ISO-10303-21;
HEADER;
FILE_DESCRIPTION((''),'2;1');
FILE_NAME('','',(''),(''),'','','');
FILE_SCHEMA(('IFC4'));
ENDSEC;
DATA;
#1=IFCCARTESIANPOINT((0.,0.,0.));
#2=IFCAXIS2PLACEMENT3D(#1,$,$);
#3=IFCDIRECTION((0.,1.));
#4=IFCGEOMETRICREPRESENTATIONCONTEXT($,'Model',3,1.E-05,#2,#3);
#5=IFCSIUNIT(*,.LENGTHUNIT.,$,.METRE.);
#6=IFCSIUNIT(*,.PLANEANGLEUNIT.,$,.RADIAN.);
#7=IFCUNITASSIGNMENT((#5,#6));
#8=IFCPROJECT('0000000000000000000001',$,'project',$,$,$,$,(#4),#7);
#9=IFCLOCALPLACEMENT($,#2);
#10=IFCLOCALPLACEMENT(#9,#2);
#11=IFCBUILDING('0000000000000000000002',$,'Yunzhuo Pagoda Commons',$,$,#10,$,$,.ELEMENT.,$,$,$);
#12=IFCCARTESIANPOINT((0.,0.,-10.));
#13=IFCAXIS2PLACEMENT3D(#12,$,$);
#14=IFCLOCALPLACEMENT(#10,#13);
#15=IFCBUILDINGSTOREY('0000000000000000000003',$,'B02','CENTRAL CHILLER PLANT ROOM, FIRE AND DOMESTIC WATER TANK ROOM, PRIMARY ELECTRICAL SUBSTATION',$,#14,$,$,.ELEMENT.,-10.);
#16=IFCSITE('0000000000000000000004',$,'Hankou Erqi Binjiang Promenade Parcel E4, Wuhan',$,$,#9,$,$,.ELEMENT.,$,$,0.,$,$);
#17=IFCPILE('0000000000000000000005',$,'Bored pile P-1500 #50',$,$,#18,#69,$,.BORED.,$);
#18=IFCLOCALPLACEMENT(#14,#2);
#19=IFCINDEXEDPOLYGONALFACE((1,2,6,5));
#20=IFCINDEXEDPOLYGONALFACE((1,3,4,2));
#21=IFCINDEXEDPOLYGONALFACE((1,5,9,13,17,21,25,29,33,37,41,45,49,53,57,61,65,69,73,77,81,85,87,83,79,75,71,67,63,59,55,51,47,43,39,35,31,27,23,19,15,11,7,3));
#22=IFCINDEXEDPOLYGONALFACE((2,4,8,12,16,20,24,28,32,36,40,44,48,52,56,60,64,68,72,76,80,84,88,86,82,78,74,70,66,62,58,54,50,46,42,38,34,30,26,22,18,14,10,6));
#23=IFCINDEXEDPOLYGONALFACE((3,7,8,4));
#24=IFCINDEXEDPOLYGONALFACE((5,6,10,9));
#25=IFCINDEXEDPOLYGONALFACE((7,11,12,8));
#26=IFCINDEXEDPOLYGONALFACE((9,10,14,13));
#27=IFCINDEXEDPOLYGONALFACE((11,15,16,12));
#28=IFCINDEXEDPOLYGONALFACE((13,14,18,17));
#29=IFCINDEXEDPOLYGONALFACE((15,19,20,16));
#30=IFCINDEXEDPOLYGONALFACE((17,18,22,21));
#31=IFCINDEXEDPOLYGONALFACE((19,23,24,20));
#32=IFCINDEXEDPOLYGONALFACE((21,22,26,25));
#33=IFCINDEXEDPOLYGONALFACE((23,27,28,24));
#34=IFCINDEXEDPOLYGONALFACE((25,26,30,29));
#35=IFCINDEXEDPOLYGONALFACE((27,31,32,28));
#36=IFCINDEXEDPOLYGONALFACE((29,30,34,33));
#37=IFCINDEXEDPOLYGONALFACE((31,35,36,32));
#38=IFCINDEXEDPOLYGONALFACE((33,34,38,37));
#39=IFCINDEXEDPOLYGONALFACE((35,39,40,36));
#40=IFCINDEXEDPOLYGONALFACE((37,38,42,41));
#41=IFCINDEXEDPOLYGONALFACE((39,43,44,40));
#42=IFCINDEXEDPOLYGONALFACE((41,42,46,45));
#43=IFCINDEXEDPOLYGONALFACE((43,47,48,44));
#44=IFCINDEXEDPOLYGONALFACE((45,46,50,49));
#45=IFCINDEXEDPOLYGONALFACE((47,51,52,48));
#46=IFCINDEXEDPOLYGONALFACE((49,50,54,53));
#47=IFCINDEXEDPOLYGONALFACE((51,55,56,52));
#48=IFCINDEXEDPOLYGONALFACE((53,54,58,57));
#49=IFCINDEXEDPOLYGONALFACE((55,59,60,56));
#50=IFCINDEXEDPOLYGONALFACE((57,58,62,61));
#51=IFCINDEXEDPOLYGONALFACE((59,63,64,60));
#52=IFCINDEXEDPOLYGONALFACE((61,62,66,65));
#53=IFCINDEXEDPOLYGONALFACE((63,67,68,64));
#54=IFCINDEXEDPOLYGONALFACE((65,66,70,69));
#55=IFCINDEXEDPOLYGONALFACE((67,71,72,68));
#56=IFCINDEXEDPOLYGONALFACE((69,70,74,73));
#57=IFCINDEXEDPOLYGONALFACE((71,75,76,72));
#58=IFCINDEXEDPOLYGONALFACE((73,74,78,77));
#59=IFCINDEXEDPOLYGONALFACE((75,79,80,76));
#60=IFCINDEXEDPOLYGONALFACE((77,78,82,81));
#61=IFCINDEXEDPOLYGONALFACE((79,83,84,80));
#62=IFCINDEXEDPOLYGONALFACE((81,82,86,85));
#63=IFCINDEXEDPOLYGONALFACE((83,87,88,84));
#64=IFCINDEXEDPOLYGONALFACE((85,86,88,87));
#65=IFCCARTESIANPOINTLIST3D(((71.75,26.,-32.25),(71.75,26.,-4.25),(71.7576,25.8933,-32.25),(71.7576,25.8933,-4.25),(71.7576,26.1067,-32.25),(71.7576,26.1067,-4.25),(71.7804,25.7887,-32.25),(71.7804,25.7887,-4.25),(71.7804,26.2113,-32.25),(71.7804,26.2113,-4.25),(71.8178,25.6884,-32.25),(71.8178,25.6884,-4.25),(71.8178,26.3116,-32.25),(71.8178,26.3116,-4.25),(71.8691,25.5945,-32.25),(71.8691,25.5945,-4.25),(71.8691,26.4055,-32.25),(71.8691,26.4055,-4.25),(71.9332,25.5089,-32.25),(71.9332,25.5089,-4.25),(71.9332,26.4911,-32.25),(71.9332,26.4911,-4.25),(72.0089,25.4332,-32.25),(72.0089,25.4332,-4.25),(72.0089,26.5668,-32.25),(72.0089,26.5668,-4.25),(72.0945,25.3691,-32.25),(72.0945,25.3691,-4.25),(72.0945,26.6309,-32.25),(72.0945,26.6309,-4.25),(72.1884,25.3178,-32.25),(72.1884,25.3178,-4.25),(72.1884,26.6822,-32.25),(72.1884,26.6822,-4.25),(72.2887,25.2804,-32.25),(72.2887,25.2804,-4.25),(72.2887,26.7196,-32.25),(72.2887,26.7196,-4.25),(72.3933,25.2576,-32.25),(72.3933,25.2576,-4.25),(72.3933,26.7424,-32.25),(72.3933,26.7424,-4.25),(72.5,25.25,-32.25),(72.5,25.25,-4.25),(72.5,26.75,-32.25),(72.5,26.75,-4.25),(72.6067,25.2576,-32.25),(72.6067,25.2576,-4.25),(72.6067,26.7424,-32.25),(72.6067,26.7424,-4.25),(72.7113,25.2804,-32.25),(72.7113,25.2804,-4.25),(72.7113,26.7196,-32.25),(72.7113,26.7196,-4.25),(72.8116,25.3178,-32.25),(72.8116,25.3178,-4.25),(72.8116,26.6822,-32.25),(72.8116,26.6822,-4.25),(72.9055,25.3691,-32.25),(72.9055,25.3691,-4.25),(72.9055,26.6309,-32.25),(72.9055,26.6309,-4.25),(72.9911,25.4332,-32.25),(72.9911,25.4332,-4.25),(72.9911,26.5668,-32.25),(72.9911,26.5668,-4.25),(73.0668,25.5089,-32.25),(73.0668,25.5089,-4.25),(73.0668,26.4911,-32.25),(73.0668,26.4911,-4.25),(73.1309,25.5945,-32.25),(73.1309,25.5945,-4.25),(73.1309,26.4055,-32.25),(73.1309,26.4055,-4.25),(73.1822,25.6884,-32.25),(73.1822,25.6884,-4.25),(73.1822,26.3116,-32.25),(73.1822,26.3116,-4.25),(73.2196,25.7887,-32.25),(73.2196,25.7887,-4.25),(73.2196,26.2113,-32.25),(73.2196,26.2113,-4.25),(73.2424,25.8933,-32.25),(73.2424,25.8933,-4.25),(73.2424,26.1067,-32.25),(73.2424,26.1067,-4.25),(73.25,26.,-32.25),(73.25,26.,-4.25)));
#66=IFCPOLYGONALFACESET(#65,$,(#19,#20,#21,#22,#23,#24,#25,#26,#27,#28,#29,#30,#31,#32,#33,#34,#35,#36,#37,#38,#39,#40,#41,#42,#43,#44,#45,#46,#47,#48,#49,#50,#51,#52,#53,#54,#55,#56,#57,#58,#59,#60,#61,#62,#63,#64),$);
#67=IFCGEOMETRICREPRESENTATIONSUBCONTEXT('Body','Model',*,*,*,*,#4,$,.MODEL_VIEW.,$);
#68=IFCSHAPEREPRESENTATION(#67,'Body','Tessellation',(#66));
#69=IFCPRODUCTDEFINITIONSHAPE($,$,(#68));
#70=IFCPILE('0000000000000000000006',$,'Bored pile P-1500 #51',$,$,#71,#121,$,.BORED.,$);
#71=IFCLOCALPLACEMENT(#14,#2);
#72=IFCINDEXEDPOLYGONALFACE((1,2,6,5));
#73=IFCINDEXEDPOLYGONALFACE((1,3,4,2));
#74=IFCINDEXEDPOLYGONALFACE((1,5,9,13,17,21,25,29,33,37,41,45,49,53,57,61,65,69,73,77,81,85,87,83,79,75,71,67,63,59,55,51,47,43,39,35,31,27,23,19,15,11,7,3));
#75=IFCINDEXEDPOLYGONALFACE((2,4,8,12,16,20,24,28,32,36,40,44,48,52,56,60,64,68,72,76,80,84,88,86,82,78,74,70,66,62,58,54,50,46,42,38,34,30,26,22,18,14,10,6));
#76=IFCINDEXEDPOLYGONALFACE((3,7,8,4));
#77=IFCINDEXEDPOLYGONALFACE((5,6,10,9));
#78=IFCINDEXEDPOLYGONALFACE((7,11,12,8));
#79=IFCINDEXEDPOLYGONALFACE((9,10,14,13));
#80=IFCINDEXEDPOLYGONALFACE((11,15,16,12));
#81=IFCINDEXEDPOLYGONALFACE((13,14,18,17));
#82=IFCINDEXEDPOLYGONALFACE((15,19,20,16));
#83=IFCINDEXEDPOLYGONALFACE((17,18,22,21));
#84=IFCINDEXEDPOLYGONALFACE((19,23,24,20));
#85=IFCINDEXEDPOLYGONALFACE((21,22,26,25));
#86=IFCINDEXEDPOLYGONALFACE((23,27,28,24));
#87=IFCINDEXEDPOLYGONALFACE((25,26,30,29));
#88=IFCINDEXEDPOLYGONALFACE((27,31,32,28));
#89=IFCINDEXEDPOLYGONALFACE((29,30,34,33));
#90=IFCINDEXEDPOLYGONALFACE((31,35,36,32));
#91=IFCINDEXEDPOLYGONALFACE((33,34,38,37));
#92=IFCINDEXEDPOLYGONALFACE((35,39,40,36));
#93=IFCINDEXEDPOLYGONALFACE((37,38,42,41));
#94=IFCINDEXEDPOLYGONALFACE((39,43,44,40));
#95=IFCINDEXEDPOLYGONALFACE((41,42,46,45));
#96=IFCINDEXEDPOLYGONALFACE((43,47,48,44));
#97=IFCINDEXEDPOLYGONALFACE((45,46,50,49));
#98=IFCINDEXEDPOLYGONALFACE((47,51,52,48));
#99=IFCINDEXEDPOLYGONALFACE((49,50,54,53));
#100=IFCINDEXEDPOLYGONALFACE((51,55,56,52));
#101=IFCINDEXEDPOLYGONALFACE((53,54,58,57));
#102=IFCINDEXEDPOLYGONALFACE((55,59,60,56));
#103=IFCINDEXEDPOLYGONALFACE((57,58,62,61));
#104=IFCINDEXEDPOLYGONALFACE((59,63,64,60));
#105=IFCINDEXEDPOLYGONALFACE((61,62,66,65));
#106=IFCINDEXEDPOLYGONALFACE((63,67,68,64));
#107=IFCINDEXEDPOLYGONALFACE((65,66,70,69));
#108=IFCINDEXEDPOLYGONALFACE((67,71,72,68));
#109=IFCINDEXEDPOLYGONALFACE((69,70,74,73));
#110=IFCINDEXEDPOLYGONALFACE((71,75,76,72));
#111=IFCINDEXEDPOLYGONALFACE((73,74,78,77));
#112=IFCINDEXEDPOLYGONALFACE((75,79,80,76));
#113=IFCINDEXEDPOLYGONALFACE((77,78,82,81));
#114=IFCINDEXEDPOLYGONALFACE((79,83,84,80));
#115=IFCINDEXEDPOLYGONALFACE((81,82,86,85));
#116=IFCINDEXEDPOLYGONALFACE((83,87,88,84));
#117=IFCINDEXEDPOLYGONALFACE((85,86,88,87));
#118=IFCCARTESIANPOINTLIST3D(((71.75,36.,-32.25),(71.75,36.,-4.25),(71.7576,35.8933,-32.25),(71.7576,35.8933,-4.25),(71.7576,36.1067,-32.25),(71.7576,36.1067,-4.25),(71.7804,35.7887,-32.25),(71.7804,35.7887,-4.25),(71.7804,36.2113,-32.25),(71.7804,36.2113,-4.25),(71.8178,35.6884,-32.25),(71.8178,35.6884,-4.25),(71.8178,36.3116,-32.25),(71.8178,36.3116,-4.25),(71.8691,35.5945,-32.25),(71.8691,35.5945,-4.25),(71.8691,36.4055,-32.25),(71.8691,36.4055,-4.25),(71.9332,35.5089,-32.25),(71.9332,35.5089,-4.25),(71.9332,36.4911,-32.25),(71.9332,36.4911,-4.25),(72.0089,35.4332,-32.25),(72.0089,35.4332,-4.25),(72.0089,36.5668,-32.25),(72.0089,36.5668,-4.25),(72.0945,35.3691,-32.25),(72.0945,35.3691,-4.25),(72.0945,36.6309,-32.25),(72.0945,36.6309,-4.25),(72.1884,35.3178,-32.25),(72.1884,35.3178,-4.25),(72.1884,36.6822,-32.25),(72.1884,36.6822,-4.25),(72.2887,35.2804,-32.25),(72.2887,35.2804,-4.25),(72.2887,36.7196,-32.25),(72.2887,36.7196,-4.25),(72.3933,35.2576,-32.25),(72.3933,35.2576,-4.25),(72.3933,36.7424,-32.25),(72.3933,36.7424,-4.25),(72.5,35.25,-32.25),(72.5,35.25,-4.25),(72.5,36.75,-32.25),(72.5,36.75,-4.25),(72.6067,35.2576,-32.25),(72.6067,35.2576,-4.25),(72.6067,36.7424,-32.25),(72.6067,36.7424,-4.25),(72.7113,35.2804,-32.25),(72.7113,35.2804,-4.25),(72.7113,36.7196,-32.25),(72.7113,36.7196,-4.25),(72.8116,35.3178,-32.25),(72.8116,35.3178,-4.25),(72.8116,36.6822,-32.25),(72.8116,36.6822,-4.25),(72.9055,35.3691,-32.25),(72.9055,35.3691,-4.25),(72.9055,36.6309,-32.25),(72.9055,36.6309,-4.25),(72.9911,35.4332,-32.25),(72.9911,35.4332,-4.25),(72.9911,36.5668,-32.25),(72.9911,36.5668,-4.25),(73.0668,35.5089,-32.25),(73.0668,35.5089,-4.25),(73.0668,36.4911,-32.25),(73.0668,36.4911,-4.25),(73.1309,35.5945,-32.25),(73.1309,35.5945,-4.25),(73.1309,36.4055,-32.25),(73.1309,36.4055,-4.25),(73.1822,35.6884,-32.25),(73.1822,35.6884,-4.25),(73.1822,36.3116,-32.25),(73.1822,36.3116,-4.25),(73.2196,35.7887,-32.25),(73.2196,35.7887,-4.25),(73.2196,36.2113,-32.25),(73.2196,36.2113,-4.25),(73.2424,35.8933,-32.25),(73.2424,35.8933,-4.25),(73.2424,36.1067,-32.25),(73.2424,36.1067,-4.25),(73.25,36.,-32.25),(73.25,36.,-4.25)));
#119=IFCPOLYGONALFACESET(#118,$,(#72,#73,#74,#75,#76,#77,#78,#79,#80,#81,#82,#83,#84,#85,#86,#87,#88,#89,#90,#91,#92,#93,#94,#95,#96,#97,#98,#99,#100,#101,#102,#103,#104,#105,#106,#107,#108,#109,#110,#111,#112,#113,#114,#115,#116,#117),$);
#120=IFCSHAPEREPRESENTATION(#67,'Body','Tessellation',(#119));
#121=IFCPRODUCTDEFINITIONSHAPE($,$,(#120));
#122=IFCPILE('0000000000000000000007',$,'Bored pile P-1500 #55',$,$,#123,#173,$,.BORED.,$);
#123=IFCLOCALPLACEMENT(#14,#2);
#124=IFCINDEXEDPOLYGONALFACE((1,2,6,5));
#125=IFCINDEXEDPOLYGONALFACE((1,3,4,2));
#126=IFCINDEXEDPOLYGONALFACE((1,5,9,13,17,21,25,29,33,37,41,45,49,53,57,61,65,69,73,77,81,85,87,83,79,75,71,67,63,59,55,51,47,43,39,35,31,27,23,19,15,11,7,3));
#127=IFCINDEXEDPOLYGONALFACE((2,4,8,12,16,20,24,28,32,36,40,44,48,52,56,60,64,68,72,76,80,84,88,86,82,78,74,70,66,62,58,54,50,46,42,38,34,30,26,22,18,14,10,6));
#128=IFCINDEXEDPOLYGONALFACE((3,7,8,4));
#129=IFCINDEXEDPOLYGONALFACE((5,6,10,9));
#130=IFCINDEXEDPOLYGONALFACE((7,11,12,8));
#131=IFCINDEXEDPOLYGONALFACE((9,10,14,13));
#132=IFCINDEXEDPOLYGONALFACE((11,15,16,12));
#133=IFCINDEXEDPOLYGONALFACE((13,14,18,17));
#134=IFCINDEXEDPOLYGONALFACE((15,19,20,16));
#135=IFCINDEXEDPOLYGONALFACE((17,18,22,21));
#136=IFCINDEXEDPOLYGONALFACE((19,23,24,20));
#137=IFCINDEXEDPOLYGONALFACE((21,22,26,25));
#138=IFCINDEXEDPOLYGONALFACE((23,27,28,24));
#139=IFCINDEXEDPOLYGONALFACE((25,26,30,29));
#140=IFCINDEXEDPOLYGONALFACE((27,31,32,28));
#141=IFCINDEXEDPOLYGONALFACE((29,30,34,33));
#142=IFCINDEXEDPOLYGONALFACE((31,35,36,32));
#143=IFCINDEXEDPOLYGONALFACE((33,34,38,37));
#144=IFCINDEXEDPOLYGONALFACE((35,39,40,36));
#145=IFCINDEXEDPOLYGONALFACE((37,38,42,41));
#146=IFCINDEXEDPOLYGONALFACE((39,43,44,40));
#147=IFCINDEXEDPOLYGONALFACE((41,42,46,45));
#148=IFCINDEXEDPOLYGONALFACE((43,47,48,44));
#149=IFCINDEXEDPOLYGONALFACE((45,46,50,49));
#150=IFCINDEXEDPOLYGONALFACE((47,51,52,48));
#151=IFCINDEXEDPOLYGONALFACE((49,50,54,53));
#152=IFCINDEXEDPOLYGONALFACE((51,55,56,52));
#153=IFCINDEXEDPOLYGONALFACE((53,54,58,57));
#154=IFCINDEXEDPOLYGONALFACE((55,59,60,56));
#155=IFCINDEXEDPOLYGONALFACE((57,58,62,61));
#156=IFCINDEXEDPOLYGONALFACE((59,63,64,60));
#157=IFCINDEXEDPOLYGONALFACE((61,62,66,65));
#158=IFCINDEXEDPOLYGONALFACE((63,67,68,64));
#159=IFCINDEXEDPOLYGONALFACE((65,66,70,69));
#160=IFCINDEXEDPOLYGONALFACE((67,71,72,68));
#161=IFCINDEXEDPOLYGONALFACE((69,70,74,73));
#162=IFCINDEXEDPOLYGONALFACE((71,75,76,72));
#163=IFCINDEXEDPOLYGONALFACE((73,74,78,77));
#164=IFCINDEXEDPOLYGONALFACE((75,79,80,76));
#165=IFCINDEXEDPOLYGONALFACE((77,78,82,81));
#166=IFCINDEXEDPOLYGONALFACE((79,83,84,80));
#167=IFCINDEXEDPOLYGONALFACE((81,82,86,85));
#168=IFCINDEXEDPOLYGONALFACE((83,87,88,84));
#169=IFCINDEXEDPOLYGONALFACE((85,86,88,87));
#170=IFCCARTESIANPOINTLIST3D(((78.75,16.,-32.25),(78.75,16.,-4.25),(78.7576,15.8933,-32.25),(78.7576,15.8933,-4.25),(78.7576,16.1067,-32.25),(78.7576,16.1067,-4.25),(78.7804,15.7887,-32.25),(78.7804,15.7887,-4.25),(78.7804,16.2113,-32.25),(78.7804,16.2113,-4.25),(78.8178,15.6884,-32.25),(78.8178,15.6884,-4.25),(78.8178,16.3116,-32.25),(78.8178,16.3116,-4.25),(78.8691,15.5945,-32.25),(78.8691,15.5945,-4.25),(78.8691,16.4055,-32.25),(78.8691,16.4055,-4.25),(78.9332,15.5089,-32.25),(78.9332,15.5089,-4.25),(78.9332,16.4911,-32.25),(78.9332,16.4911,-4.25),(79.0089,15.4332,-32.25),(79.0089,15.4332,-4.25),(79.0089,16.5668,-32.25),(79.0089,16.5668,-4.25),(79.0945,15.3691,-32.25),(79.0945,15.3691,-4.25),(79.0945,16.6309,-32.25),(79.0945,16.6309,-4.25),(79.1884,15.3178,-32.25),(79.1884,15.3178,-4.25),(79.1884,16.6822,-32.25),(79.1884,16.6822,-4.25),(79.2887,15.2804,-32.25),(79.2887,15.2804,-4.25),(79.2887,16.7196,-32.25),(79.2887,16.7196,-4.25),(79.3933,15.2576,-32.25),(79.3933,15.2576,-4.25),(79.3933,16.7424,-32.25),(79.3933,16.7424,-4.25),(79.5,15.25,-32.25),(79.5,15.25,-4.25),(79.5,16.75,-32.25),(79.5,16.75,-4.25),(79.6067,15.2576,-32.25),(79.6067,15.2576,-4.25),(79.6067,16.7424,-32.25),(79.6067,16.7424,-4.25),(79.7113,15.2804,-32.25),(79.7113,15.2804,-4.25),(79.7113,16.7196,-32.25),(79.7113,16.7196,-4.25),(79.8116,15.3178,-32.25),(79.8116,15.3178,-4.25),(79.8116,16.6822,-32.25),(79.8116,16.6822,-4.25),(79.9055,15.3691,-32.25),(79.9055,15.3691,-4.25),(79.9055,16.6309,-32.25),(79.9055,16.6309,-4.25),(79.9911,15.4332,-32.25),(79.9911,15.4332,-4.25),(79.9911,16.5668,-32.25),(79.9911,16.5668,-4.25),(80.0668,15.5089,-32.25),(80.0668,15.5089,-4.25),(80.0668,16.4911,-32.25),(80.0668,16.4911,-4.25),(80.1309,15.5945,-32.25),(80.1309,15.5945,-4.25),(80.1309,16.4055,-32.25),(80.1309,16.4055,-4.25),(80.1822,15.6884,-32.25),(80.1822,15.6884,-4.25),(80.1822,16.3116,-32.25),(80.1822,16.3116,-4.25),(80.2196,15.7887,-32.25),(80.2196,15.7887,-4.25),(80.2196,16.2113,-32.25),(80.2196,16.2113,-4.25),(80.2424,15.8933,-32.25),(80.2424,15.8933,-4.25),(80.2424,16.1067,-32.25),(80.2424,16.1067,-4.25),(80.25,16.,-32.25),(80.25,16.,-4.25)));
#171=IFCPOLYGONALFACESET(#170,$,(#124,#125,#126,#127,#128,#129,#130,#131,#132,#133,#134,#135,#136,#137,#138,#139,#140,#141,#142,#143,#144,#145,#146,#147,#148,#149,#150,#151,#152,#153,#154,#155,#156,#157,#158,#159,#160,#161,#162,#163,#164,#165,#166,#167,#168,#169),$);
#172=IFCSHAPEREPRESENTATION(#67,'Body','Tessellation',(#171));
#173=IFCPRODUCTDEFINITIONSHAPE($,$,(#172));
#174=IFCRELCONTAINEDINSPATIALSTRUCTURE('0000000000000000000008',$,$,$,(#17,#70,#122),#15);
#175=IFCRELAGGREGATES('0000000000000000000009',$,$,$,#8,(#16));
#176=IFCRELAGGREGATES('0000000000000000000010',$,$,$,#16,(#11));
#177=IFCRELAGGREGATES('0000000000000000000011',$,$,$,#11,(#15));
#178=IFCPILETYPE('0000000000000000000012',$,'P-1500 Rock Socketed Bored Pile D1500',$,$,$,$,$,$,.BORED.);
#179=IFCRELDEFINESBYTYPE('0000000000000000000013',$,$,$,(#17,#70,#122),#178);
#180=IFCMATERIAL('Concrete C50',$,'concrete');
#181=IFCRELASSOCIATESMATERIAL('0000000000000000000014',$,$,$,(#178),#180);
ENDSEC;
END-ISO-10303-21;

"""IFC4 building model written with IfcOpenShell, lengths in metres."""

from ifc_helpers import new_model, si_unit, direction, frame, origin, origin_2d, place, context, subcontext, project, spatial, circle, extrude, source, transform, mapped, material, material_profile, profile_set, type_object, element, save


model = new_model("IFC4")

# Units and contexts
model_context = context("Model", 3, precision=1e-05, world=origin(), true_north=direction((0.0, 1.0)))
body_context = subcontext(model_context, "Body", "Model", "MODEL_VIEW")
ifc_project = project(units=[si_unit("LENGTHUNIT", "METRE"), si_unit("PLANEANGLEUNIT", "RADIAN")], contexts=[model_context])

# Site, building, storey
site_placement = place(None, origin())
site = spatial("IfcSite", under=ifc_project, at=site_placement, Name="Hankou Erqi Binjiang Promenade Parcel E4, Wuhan", CompositionType="ELEMENT", RefElevation=0.0)
building_placement = place(site_placement, origin())
building = spatial("IfcBuilding", under=site, at=building_placement, Name="Yunzhuo Pagoda Commons", CompositionType="ELEMENT")
storey_placement = place(building_placement, frame((0.0, 0.0, -10.0)))
storey = spatial("IfcBuildingStorey", under=building, at=storey_placement, Name="B02", Description="CENTRAL CHILLER PLANT ROOM, FIRE AND DOMESTIC WATER TANK ROOM, PRIMARY ELECTRICAL SUBSTATION", CompositionType="ELEMENT", Elevation=-10.0)

# Piles
ifc_material_1 = material(Name="Concrete C50", Category="concrete")
ifc_material_profile_1 = material_profile(ifc_material_1, circle(Radius=0.75, at=origin_2d()), Name="Concrete C50")
ifc_profile_set_1 = profile_set([ifc_material_profile_1], Name="Concrete C50")
pile_type_1 = type_object("IfcPileType", Name="P-1500 Rock Socketed Bored Pile D1500", PredefinedType="BORED", material=ifc_profile_set_1)
shared_shape_1 = source(origin(), body_context, "Body", "SweptSolid", [
    extrude(circle(Radius=0.75, at=origin_2d()), origin(), (0.0, 0.0, 1.0), 28.0),
])
for number, where, z_axis, x_axis, name in (
    (1, (72.5, 26.0, -4.25), (0.0, 0.0, -1.0), (1.0, 0.0, 0.0), "Bored pile P-1500 #50"),
    (2, (72.5, 36.0, -4.25), (0.0, 0.0, -1.0), (1.0, 0.0, 0.0), "Bored pile P-1500 #51"),
    (3, (79.5, 16.0, -4.25), (0.0, 0.0, -1.0), (1.0, 0.0, 0.0), "Bored pile P-1500 #55"),
):
    element("IfcPile", number, at=place(storey_placement, frame(where, z_axis=z_axis, x_axis=x_axis)), inside=storey, type_object=pile_type_1, Name=name, PredefinedType="BORED", context=body_context, shape_type="MappedRepresentation", body=[
        mapped(shared_shape_1, transform((0.0, 0.0, 0.0), scale=1.0)),
    ])

save(model, "model.ifc")
